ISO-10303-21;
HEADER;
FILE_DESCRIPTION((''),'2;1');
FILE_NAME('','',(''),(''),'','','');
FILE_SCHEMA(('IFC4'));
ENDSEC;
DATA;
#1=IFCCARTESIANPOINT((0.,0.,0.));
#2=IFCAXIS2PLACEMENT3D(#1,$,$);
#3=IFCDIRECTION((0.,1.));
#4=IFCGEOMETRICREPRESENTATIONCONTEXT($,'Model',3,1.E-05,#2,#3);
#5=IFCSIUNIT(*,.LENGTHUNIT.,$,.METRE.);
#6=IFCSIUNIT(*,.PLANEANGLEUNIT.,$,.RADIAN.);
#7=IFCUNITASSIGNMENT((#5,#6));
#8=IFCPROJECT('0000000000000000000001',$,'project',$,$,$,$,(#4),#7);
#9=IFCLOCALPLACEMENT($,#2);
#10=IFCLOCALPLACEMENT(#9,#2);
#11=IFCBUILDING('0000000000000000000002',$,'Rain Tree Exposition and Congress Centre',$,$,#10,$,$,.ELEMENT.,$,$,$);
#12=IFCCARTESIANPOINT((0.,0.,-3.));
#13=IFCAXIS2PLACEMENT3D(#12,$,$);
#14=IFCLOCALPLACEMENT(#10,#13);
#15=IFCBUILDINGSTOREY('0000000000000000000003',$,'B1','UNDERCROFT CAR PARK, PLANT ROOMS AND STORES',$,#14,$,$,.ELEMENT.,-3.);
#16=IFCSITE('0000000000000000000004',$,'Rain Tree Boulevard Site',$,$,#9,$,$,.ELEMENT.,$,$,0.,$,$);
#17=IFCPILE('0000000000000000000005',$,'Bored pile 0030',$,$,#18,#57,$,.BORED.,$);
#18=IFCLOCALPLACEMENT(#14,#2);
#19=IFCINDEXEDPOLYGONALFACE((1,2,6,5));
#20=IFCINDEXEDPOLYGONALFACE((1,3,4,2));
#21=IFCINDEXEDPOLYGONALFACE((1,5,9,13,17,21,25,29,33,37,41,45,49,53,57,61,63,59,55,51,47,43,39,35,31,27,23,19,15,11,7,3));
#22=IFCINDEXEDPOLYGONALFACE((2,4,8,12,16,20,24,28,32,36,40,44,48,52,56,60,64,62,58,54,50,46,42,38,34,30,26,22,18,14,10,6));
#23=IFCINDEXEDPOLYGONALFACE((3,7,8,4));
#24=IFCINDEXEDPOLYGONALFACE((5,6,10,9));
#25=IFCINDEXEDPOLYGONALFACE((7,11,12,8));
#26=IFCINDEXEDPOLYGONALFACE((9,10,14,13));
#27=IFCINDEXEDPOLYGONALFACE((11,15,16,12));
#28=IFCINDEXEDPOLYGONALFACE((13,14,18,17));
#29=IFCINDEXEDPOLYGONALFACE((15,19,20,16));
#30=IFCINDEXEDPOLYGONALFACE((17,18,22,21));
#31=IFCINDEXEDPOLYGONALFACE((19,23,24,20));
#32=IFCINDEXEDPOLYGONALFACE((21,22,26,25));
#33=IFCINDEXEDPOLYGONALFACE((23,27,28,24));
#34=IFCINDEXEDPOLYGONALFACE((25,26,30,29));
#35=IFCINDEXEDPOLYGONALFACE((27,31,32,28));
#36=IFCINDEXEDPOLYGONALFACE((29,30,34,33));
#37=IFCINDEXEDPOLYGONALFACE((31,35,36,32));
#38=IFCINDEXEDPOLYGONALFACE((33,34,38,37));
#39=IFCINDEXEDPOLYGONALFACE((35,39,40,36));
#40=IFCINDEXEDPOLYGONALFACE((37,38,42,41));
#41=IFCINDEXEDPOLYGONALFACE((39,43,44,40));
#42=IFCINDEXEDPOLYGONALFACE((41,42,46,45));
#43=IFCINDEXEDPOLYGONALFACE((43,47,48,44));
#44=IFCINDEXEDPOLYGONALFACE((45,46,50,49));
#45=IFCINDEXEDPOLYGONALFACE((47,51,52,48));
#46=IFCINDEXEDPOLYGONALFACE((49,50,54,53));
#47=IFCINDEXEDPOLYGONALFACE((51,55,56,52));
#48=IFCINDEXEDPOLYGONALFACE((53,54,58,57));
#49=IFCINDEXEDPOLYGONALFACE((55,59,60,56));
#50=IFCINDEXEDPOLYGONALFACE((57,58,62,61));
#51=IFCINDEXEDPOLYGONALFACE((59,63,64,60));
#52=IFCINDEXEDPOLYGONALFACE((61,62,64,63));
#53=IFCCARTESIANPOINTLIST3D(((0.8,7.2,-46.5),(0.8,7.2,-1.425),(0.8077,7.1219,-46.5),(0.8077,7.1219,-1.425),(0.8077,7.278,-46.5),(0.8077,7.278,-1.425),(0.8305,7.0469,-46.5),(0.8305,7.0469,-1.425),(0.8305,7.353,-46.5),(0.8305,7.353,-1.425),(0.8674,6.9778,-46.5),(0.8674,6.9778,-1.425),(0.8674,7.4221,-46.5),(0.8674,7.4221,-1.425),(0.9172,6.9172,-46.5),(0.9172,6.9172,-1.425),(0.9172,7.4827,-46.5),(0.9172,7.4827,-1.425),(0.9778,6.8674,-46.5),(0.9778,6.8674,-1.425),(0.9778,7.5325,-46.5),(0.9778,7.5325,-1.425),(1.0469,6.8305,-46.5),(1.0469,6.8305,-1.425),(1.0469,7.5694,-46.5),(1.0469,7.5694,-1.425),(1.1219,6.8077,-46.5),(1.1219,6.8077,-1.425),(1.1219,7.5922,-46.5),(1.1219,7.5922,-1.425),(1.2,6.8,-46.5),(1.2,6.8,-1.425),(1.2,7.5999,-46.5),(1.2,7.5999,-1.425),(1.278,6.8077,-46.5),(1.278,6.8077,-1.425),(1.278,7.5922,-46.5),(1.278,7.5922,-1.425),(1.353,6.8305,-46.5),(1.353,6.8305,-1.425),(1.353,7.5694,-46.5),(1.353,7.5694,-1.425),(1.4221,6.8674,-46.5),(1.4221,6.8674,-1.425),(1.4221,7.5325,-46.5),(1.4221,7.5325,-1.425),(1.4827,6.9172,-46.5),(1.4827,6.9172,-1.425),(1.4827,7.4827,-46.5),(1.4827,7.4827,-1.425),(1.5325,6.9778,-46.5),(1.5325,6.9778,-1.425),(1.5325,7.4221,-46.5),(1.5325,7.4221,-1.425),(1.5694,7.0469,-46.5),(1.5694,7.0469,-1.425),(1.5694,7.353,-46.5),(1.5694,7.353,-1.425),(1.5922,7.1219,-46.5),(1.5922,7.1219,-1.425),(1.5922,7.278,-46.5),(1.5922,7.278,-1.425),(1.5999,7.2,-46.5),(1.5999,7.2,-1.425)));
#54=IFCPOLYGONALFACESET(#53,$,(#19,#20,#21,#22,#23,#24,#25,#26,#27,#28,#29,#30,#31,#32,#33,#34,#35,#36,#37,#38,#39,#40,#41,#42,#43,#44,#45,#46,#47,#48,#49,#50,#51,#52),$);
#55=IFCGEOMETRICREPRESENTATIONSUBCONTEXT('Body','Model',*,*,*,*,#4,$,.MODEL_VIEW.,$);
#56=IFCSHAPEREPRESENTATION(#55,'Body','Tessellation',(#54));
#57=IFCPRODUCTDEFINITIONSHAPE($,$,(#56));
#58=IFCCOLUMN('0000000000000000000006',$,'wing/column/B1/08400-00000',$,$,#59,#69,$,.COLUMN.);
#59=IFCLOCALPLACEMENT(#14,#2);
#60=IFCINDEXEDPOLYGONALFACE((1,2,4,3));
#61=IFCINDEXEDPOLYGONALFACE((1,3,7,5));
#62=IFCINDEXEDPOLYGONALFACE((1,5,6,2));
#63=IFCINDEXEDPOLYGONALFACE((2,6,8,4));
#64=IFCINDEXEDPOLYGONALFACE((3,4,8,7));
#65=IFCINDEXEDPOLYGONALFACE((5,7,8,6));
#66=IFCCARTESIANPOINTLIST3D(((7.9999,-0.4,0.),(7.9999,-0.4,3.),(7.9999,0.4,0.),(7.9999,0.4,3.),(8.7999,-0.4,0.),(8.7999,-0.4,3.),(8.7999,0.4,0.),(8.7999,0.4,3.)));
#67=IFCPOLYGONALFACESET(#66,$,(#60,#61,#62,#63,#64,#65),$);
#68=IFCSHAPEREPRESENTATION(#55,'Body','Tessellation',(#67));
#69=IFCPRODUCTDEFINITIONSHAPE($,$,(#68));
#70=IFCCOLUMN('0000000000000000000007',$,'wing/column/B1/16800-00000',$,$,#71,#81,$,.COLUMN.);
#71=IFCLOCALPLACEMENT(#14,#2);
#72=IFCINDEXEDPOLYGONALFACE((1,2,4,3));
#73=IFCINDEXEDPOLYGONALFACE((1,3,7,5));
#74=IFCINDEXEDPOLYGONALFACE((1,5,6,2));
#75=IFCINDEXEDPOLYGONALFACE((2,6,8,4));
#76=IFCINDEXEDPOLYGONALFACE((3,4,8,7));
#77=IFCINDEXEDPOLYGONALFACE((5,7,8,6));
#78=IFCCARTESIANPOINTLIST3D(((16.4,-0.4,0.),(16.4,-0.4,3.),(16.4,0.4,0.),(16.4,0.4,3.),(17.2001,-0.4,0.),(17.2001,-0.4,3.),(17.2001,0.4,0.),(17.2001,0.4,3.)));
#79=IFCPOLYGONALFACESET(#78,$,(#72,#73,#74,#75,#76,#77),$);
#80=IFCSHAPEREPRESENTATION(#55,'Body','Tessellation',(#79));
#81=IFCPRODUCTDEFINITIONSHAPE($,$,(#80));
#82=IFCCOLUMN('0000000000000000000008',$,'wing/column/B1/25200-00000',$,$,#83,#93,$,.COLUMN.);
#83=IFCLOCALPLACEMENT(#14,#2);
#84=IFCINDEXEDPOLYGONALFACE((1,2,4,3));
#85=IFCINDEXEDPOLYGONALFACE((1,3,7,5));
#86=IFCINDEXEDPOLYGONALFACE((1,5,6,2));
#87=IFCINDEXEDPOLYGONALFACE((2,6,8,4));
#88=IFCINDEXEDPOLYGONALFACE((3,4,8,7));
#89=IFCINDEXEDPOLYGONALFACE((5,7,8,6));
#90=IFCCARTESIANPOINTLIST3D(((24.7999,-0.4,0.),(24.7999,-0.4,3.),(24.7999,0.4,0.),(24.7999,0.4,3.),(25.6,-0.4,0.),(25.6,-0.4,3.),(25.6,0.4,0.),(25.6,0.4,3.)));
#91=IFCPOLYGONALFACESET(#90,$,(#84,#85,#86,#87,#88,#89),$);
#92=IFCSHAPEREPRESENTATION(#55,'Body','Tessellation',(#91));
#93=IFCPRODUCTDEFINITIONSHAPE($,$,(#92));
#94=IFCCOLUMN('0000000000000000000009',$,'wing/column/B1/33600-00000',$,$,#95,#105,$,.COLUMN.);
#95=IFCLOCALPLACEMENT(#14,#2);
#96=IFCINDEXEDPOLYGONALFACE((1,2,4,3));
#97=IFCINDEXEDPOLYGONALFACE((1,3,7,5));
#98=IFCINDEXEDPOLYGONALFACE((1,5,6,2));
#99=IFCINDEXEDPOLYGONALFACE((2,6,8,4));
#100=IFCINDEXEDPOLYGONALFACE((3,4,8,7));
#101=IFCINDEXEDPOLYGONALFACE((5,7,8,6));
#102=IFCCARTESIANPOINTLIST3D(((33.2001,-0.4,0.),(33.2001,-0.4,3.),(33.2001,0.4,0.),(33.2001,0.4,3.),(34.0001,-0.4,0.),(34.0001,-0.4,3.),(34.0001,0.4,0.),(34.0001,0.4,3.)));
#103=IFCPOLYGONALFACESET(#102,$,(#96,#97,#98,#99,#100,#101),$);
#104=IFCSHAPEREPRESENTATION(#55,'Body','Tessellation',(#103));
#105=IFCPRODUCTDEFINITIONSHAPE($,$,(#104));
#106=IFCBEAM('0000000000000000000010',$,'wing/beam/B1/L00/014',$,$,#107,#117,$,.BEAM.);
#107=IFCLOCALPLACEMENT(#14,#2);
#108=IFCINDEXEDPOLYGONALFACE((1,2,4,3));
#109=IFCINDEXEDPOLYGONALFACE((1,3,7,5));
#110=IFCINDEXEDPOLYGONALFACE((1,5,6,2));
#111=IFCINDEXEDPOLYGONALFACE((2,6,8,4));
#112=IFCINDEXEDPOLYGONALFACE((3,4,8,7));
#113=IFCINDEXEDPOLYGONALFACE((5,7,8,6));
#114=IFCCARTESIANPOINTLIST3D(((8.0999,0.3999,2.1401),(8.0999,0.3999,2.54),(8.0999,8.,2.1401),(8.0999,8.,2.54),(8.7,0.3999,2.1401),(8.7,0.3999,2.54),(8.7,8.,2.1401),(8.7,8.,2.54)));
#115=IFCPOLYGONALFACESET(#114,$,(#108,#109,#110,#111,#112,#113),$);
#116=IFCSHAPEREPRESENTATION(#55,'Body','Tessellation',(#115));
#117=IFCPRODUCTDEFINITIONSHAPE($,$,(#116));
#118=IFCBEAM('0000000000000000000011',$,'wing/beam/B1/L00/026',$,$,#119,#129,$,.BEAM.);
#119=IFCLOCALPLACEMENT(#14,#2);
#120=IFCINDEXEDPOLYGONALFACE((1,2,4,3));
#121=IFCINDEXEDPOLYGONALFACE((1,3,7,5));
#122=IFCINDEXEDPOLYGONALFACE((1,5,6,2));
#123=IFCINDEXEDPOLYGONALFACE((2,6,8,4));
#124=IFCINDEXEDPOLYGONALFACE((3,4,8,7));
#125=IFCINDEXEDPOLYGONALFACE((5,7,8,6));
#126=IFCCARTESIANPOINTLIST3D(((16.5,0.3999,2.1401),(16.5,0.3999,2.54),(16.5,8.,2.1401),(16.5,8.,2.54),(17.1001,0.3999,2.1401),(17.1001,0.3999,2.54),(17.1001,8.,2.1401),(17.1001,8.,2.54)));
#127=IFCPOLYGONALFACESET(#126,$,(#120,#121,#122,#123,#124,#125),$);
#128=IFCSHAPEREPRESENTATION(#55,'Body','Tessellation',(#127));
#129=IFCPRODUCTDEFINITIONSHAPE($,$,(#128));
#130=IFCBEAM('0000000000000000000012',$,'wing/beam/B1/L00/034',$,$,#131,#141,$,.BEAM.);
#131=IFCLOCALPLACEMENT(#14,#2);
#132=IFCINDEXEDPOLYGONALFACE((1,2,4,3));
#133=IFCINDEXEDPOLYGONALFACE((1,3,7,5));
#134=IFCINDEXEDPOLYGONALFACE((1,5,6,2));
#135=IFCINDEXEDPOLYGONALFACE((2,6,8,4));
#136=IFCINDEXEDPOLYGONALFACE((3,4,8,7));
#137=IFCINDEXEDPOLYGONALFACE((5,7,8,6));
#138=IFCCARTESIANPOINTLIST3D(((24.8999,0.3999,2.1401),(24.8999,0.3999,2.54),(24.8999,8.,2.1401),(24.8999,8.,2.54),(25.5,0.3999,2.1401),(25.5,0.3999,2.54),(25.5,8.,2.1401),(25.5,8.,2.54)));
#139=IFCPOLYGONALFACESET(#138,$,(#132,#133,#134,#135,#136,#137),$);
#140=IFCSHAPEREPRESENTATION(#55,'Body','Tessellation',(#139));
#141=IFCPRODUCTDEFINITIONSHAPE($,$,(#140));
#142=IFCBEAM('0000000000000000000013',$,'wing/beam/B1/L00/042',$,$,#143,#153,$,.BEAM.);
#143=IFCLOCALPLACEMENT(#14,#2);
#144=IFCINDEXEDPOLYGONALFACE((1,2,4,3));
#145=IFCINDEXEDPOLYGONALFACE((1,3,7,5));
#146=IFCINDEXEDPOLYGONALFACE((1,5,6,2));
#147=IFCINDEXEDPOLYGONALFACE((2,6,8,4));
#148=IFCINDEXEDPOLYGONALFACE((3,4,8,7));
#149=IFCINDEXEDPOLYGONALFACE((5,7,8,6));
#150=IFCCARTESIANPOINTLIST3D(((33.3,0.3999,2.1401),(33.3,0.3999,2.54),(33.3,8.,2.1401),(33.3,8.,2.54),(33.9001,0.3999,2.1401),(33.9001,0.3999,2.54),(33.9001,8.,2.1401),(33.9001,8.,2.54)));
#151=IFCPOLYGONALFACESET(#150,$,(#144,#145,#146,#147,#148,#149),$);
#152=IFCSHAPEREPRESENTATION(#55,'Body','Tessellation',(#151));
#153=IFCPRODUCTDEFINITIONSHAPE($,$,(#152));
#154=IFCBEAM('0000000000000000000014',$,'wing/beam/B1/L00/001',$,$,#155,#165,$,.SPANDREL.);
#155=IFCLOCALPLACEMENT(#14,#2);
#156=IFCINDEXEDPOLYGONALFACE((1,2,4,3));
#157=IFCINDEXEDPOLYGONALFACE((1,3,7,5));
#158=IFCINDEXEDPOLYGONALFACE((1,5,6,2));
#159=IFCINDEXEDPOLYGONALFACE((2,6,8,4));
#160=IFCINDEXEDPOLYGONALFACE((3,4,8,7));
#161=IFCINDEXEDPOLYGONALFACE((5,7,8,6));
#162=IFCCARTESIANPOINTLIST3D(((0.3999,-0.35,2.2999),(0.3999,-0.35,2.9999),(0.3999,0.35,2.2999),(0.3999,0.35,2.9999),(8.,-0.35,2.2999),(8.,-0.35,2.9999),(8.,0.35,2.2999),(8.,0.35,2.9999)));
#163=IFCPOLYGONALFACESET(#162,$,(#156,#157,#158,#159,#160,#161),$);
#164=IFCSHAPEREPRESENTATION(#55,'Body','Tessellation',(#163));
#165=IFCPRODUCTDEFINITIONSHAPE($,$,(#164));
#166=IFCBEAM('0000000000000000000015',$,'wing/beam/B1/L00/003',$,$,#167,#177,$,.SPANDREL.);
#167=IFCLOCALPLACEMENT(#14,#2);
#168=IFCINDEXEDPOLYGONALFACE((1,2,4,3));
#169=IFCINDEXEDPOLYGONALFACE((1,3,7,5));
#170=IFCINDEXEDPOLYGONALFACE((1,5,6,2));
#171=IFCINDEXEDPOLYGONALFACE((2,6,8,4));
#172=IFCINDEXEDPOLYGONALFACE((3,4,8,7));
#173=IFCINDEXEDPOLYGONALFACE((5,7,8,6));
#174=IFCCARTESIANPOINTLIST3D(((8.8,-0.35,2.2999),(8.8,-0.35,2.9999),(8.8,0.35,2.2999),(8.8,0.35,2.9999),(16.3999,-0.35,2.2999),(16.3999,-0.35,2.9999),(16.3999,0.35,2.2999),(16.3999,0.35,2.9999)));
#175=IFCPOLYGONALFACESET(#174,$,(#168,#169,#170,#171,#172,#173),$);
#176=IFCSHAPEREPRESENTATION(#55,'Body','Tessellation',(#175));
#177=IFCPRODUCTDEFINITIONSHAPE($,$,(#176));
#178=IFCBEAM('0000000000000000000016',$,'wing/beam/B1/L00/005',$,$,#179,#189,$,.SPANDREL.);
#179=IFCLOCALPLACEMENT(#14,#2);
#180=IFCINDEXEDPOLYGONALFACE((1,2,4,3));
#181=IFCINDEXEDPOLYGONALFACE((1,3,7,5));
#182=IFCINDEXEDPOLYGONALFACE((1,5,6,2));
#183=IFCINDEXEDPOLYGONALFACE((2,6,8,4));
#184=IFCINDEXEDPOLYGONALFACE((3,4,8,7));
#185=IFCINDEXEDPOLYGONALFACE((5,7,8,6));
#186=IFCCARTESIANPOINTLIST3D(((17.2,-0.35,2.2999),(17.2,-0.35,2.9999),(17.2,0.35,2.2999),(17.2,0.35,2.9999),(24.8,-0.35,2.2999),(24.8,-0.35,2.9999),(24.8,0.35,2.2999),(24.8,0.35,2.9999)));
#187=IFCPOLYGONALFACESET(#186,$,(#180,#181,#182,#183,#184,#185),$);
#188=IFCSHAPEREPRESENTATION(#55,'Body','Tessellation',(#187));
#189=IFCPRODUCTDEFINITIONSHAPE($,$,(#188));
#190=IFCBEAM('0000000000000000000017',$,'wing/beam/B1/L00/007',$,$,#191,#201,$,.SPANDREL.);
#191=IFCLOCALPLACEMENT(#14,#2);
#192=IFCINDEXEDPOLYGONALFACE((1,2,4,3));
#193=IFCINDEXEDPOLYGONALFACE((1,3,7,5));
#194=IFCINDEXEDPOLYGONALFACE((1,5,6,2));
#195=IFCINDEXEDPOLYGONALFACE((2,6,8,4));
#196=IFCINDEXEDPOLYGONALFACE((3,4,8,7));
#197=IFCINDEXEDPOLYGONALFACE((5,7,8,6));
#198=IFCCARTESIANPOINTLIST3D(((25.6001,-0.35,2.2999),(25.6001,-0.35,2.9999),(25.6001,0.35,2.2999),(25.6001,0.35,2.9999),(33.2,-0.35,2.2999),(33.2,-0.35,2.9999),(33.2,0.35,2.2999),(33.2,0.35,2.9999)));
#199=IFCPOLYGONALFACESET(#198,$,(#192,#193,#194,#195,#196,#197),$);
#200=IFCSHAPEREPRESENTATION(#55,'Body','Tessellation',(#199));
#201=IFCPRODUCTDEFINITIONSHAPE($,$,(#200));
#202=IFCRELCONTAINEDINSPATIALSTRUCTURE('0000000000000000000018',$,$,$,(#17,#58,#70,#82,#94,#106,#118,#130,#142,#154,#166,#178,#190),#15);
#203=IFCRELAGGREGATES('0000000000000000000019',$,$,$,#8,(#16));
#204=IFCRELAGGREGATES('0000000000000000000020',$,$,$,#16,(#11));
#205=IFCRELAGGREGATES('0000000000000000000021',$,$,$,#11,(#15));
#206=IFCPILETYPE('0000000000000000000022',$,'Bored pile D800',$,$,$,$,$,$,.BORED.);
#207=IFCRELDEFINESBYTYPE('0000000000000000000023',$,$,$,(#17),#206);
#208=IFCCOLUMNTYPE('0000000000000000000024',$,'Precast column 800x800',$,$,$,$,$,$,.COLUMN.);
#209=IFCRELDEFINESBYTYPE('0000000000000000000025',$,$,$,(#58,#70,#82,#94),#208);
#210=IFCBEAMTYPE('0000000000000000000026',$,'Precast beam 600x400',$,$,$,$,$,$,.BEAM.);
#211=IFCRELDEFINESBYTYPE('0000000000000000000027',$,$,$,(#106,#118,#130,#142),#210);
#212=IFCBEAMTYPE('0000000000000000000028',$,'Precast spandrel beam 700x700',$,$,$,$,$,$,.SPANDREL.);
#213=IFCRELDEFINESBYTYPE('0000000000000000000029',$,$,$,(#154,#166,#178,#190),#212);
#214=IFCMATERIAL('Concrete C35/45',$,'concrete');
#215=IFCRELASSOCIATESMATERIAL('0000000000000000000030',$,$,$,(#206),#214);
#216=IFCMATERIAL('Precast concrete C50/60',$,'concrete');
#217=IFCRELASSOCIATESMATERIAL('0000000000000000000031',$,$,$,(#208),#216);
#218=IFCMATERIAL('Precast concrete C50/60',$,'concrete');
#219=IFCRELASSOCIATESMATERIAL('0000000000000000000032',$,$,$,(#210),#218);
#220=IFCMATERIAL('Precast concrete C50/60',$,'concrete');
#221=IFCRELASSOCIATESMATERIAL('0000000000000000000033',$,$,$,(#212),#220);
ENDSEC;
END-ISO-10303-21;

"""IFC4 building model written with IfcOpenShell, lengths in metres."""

from ifc_helpers import new_model, si_unit, direction, frame, origin, origin_2d, place, context, subcontext, project, spatial, rectangle, circle, extrude, material, material_profile, profile_set, type_object, element, save


model = new_model("IFC4")

# Units and contexts
model_context = context("Model", 3, precision=1e-05, world=origin(), true_north=direction((0.0, 1.0)))
body_context = subcontext(model_context, "Body", "Model", "MODEL_VIEW")
ifc_project = project(units=[si_unit("LENGTHUNIT", "METRE"), si_unit("PLANEANGLEUNIT", "RADIAN")], contexts=[model_context])

# Site, building, storey
site_placement = place(None, origin())
site = spatial("IfcSite", under=ifc_project, at=site_placement, Name="Rain Tree Boulevard Site", CompositionType="ELEMENT", RefElevation=0.0)
building_placement = place(site_placement, origin())
building = spatial("IfcBuilding", under=site, at=building_placement, Name="Rain Tree Exposition and Congress Centre", CompositionType="ELEMENT")
storey_placement = place(building_placement, frame((0.0, 0.0, -3.0)))
storey = spatial("IfcBuildingStorey", under=building, at=storey_placement, Name="B1", Description="UNDERCROFT CAR PARK, PLANT ROOMS AND STORES", CompositionType="ELEMENT", Elevation=-3.0)

# Pile
ifc_material_1 = material(Name="Concrete C35/45", Category="concrete")
ifc_material_profile_1 = material_profile(ifc_material_1, circle(Radius=0.3999, at=origin_2d()), Name="D800")
ifc_profile_set_1 = profile_set([ifc_material_profile_1], Name="Concrete C35/45")
pile_type = type_object("IfcPileType", Name="Bored pile D800", PredefinedType="BORED", material=ifc_profile_set_1)
for number, where, z_axis, x_axis, name in (
    (1, (1.2, 7.2, -1.425), (0.0, 0.0, -1.0), (1.0, 0.0, 0.0), "Bored pile 0030"),
):
    element("IfcPile", number, at=place(storey_placement, frame(where, z_axis=z_axis, x_axis=x_axis)), inside=storey, type_object=pile_type, Name=name, PredefinedType="BORED", context=body_context, shape_type="SweptSolid", body=[
        extrude(circle(Radius=0.3999, at=origin_2d()), origin(), (0.0, 0.0, 1.0), 45.075),
    ])

# Columns
ifc_material_2 = material(Name="Precast concrete C50/60", Category="concrete")
ifc_material_profile_2 = material_profile(ifc_material_2, rectangle(XDim=0.8, YDim=0.8, at=origin_2d()), Name="RC 800x800")
ifc_profile_set_2 = profile_set([ifc_material_profile_2], Name="Precast concrete C50/60")
column_type = type_object("IfcColumnType", Name="Precast column 800x800", PredefinedType="COLUMN", material=ifc_profile_set_2)
for number, where, z_axis, x_axis, name in (
    (2, (8.3999, 0.0, 0.0), (0.0, 0.0, 1.0), (1.0, 0.0, 0.0), "wing/column/B1/08400-00000"),
    (3, (16.8, 0.0, 0.0), (0.0, 0.0, 1.0), (1.0, 0.0, 0.0), "wing/column/B1/16800-00000"),
    (4, (25.2, 0.0, 0.0), (0.0, 0.0, 1.0), (1.0, 0.0, 0.0), "wing/column/B1/25200-00000"),
    (5, (33.6001, 0.0, 0.0), (0.0, 0.0, 1.0), (1.0, 0.0, 0.0), "wing/column/B1/33600-00000"),
):
    element("IfcColumn", number, at=place(storey_placement, frame(where, z_axis=z_axis, x_axis=x_axis)), inside=storey, type_object=column_type, Name=name, PredefinedType="COLUMN", context=body_context, shape_type="SweptSolid", body=[
        extrude(rectangle(XDim=0.8, YDim=0.8, at=origin_2d()), origin(), (0.0, 0.0, 1.0), 3.0),
    ])

# Beams
ifc_material_3 = material(Name="Precast concrete C50/60", Category="concrete")
ifc_material_profile_3 = material_profile(ifc_material_3, rectangle(XDim=0.6001, YDim=0.3999, at=origin_2d()), Name="RC 600x400")
ifc_profile_set_3 = profile_set([ifc_material_profile_3], Name="Precast concrete C50/60")
beam_type_1 = type_object("IfcBeamType", Name="Precast beam 600x400", PredefinedType="BEAM", material=ifc_profile_set_3)
for number, where, z_axis, x_axis, name in (
    (6, (8.3999, 0.3999, 2.3401), (0.0, 1.0, 0.0), (-1.0, 0.0, 0.0), "wing/beam/B1/L00/014"),
    (7, (16.8, 0.3999, 2.3401), (0.0, 1.0, 0.0), (-1.0, 0.0, 0.0), "wing/beam/B1/L00/026"),
    (8, (25.2, 0.3999, 2.3401), (0.0, 1.0, 0.0), (-1.0, 0.0, 0.0), "wing/beam/B1/L00/034"),
    (9, (33.6001, 0.3999, 2.3401), (0.0, 1.0, 0.0), (-1.0, 0.0, 0.0), "wing/beam/B1/L00/042"),
):
    element("IfcBeam", number, at=place(storey_placement, frame(where, z_axis=z_axis, x_axis=x_axis)), inside=storey, type_object=beam_type_1, Name=name, PredefinedType="BEAM", context=body_context, shape_type="SweptSolid", body=[
        extrude(rectangle(XDim=0.6001, YDim=0.3999, at=origin_2d()), origin(), (0.0, 0.0, 1.0), 7.6001),
    ])
ifc_material_4 = material(Name="Precast concrete C50/60", Category="concrete")
ifc_material_profile_4 = material_profile(ifc_material_4, rectangle(XDim=0.7, YDim=0.7, at=origin_2d()), Name="RC 700x700")
ifc_profile_set_4 = profile_set([ifc_material_profile_4], Name="Precast concrete C50/60")
beam_type_2 = type_object("IfcBeamType", Name="Precast spandrel beam 700x700", PredefinedType="SPANDREL", material=ifc_profile_set_4)
beam_1_placement = place(storey_placement, frame((0.3999, 0.0, 2.6499), z_axis=(1.0, 0.0, 0.0), x_axis=(0.0, 1.0, 0.0)))
element("IfcBeam", 10, at=beam_1_placement, inside=storey, type_object=beam_type_2, Name="wing/beam/B1/L00/001", PredefinedType="SPANDREL", context=body_context, shape_type="SweptSolid", body=[
    extrude(rectangle(XDim=0.7, YDim=0.7, at=origin_2d()), origin(), (0.0, 0.0, 1.0), 7.6001),
])
beam_2_placement = place(storey_placement, frame((8.8, 0.0, 2.6499), z_axis=(1.0, 0.0, 0.0), x_axis=(0.0, 1.0, 0.0)))
element("IfcBeam", 11, at=beam_2_placement, inside=storey, type_object=beam_type_2, Name="wing/beam/B1/L00/003", PredefinedType="SPANDREL", context=body_context, shape_type="SweptSolid", body=[
    extrude(rectangle(XDim=0.7, YDim=0.7, at=origin_2d()), origin(), (0.0, 0.0, 1.0), 7.5999),
])
beam_3_placement = place(storey_placement, frame((17.2, 0.0, 2.6499), z_axis=(1.0, 0.0, 0.0), x_axis=(0.0, 1.0, 0.0)))
element("IfcBeam", 12, at=beam_3_placement, inside=storey, type_object=beam_type_2, Name="wing/beam/B1/L00/005", PredefinedType="SPANDREL", context=body_context, shape_type="SweptSolid", body=[
    extrude(rectangle(XDim=0.7, YDim=0.7, at=origin_2d()), origin(), (0.0, 0.0, 1.0), 7.6001),
])
beam_4_placement = place(storey_placement, frame((25.6001, 0.0, 2.6499), z_axis=(1.0, 0.0, 0.0), x_axis=(0.0, 1.0, 0.0)))
element("IfcBeam", 13, at=beam_4_placement, inside=storey, type_object=beam_type_2, Name="wing/beam/B1/L00/007", PredefinedType="SPANDREL", context=body_context, shape_type="SweptSolid", body=[
    extrude(rectangle(XDim=0.7, YDim=0.7, at=origin_2d()), origin(), (0.0, 0.0, 1.0), 7.5999),
])

save(model, "model.ifc")
